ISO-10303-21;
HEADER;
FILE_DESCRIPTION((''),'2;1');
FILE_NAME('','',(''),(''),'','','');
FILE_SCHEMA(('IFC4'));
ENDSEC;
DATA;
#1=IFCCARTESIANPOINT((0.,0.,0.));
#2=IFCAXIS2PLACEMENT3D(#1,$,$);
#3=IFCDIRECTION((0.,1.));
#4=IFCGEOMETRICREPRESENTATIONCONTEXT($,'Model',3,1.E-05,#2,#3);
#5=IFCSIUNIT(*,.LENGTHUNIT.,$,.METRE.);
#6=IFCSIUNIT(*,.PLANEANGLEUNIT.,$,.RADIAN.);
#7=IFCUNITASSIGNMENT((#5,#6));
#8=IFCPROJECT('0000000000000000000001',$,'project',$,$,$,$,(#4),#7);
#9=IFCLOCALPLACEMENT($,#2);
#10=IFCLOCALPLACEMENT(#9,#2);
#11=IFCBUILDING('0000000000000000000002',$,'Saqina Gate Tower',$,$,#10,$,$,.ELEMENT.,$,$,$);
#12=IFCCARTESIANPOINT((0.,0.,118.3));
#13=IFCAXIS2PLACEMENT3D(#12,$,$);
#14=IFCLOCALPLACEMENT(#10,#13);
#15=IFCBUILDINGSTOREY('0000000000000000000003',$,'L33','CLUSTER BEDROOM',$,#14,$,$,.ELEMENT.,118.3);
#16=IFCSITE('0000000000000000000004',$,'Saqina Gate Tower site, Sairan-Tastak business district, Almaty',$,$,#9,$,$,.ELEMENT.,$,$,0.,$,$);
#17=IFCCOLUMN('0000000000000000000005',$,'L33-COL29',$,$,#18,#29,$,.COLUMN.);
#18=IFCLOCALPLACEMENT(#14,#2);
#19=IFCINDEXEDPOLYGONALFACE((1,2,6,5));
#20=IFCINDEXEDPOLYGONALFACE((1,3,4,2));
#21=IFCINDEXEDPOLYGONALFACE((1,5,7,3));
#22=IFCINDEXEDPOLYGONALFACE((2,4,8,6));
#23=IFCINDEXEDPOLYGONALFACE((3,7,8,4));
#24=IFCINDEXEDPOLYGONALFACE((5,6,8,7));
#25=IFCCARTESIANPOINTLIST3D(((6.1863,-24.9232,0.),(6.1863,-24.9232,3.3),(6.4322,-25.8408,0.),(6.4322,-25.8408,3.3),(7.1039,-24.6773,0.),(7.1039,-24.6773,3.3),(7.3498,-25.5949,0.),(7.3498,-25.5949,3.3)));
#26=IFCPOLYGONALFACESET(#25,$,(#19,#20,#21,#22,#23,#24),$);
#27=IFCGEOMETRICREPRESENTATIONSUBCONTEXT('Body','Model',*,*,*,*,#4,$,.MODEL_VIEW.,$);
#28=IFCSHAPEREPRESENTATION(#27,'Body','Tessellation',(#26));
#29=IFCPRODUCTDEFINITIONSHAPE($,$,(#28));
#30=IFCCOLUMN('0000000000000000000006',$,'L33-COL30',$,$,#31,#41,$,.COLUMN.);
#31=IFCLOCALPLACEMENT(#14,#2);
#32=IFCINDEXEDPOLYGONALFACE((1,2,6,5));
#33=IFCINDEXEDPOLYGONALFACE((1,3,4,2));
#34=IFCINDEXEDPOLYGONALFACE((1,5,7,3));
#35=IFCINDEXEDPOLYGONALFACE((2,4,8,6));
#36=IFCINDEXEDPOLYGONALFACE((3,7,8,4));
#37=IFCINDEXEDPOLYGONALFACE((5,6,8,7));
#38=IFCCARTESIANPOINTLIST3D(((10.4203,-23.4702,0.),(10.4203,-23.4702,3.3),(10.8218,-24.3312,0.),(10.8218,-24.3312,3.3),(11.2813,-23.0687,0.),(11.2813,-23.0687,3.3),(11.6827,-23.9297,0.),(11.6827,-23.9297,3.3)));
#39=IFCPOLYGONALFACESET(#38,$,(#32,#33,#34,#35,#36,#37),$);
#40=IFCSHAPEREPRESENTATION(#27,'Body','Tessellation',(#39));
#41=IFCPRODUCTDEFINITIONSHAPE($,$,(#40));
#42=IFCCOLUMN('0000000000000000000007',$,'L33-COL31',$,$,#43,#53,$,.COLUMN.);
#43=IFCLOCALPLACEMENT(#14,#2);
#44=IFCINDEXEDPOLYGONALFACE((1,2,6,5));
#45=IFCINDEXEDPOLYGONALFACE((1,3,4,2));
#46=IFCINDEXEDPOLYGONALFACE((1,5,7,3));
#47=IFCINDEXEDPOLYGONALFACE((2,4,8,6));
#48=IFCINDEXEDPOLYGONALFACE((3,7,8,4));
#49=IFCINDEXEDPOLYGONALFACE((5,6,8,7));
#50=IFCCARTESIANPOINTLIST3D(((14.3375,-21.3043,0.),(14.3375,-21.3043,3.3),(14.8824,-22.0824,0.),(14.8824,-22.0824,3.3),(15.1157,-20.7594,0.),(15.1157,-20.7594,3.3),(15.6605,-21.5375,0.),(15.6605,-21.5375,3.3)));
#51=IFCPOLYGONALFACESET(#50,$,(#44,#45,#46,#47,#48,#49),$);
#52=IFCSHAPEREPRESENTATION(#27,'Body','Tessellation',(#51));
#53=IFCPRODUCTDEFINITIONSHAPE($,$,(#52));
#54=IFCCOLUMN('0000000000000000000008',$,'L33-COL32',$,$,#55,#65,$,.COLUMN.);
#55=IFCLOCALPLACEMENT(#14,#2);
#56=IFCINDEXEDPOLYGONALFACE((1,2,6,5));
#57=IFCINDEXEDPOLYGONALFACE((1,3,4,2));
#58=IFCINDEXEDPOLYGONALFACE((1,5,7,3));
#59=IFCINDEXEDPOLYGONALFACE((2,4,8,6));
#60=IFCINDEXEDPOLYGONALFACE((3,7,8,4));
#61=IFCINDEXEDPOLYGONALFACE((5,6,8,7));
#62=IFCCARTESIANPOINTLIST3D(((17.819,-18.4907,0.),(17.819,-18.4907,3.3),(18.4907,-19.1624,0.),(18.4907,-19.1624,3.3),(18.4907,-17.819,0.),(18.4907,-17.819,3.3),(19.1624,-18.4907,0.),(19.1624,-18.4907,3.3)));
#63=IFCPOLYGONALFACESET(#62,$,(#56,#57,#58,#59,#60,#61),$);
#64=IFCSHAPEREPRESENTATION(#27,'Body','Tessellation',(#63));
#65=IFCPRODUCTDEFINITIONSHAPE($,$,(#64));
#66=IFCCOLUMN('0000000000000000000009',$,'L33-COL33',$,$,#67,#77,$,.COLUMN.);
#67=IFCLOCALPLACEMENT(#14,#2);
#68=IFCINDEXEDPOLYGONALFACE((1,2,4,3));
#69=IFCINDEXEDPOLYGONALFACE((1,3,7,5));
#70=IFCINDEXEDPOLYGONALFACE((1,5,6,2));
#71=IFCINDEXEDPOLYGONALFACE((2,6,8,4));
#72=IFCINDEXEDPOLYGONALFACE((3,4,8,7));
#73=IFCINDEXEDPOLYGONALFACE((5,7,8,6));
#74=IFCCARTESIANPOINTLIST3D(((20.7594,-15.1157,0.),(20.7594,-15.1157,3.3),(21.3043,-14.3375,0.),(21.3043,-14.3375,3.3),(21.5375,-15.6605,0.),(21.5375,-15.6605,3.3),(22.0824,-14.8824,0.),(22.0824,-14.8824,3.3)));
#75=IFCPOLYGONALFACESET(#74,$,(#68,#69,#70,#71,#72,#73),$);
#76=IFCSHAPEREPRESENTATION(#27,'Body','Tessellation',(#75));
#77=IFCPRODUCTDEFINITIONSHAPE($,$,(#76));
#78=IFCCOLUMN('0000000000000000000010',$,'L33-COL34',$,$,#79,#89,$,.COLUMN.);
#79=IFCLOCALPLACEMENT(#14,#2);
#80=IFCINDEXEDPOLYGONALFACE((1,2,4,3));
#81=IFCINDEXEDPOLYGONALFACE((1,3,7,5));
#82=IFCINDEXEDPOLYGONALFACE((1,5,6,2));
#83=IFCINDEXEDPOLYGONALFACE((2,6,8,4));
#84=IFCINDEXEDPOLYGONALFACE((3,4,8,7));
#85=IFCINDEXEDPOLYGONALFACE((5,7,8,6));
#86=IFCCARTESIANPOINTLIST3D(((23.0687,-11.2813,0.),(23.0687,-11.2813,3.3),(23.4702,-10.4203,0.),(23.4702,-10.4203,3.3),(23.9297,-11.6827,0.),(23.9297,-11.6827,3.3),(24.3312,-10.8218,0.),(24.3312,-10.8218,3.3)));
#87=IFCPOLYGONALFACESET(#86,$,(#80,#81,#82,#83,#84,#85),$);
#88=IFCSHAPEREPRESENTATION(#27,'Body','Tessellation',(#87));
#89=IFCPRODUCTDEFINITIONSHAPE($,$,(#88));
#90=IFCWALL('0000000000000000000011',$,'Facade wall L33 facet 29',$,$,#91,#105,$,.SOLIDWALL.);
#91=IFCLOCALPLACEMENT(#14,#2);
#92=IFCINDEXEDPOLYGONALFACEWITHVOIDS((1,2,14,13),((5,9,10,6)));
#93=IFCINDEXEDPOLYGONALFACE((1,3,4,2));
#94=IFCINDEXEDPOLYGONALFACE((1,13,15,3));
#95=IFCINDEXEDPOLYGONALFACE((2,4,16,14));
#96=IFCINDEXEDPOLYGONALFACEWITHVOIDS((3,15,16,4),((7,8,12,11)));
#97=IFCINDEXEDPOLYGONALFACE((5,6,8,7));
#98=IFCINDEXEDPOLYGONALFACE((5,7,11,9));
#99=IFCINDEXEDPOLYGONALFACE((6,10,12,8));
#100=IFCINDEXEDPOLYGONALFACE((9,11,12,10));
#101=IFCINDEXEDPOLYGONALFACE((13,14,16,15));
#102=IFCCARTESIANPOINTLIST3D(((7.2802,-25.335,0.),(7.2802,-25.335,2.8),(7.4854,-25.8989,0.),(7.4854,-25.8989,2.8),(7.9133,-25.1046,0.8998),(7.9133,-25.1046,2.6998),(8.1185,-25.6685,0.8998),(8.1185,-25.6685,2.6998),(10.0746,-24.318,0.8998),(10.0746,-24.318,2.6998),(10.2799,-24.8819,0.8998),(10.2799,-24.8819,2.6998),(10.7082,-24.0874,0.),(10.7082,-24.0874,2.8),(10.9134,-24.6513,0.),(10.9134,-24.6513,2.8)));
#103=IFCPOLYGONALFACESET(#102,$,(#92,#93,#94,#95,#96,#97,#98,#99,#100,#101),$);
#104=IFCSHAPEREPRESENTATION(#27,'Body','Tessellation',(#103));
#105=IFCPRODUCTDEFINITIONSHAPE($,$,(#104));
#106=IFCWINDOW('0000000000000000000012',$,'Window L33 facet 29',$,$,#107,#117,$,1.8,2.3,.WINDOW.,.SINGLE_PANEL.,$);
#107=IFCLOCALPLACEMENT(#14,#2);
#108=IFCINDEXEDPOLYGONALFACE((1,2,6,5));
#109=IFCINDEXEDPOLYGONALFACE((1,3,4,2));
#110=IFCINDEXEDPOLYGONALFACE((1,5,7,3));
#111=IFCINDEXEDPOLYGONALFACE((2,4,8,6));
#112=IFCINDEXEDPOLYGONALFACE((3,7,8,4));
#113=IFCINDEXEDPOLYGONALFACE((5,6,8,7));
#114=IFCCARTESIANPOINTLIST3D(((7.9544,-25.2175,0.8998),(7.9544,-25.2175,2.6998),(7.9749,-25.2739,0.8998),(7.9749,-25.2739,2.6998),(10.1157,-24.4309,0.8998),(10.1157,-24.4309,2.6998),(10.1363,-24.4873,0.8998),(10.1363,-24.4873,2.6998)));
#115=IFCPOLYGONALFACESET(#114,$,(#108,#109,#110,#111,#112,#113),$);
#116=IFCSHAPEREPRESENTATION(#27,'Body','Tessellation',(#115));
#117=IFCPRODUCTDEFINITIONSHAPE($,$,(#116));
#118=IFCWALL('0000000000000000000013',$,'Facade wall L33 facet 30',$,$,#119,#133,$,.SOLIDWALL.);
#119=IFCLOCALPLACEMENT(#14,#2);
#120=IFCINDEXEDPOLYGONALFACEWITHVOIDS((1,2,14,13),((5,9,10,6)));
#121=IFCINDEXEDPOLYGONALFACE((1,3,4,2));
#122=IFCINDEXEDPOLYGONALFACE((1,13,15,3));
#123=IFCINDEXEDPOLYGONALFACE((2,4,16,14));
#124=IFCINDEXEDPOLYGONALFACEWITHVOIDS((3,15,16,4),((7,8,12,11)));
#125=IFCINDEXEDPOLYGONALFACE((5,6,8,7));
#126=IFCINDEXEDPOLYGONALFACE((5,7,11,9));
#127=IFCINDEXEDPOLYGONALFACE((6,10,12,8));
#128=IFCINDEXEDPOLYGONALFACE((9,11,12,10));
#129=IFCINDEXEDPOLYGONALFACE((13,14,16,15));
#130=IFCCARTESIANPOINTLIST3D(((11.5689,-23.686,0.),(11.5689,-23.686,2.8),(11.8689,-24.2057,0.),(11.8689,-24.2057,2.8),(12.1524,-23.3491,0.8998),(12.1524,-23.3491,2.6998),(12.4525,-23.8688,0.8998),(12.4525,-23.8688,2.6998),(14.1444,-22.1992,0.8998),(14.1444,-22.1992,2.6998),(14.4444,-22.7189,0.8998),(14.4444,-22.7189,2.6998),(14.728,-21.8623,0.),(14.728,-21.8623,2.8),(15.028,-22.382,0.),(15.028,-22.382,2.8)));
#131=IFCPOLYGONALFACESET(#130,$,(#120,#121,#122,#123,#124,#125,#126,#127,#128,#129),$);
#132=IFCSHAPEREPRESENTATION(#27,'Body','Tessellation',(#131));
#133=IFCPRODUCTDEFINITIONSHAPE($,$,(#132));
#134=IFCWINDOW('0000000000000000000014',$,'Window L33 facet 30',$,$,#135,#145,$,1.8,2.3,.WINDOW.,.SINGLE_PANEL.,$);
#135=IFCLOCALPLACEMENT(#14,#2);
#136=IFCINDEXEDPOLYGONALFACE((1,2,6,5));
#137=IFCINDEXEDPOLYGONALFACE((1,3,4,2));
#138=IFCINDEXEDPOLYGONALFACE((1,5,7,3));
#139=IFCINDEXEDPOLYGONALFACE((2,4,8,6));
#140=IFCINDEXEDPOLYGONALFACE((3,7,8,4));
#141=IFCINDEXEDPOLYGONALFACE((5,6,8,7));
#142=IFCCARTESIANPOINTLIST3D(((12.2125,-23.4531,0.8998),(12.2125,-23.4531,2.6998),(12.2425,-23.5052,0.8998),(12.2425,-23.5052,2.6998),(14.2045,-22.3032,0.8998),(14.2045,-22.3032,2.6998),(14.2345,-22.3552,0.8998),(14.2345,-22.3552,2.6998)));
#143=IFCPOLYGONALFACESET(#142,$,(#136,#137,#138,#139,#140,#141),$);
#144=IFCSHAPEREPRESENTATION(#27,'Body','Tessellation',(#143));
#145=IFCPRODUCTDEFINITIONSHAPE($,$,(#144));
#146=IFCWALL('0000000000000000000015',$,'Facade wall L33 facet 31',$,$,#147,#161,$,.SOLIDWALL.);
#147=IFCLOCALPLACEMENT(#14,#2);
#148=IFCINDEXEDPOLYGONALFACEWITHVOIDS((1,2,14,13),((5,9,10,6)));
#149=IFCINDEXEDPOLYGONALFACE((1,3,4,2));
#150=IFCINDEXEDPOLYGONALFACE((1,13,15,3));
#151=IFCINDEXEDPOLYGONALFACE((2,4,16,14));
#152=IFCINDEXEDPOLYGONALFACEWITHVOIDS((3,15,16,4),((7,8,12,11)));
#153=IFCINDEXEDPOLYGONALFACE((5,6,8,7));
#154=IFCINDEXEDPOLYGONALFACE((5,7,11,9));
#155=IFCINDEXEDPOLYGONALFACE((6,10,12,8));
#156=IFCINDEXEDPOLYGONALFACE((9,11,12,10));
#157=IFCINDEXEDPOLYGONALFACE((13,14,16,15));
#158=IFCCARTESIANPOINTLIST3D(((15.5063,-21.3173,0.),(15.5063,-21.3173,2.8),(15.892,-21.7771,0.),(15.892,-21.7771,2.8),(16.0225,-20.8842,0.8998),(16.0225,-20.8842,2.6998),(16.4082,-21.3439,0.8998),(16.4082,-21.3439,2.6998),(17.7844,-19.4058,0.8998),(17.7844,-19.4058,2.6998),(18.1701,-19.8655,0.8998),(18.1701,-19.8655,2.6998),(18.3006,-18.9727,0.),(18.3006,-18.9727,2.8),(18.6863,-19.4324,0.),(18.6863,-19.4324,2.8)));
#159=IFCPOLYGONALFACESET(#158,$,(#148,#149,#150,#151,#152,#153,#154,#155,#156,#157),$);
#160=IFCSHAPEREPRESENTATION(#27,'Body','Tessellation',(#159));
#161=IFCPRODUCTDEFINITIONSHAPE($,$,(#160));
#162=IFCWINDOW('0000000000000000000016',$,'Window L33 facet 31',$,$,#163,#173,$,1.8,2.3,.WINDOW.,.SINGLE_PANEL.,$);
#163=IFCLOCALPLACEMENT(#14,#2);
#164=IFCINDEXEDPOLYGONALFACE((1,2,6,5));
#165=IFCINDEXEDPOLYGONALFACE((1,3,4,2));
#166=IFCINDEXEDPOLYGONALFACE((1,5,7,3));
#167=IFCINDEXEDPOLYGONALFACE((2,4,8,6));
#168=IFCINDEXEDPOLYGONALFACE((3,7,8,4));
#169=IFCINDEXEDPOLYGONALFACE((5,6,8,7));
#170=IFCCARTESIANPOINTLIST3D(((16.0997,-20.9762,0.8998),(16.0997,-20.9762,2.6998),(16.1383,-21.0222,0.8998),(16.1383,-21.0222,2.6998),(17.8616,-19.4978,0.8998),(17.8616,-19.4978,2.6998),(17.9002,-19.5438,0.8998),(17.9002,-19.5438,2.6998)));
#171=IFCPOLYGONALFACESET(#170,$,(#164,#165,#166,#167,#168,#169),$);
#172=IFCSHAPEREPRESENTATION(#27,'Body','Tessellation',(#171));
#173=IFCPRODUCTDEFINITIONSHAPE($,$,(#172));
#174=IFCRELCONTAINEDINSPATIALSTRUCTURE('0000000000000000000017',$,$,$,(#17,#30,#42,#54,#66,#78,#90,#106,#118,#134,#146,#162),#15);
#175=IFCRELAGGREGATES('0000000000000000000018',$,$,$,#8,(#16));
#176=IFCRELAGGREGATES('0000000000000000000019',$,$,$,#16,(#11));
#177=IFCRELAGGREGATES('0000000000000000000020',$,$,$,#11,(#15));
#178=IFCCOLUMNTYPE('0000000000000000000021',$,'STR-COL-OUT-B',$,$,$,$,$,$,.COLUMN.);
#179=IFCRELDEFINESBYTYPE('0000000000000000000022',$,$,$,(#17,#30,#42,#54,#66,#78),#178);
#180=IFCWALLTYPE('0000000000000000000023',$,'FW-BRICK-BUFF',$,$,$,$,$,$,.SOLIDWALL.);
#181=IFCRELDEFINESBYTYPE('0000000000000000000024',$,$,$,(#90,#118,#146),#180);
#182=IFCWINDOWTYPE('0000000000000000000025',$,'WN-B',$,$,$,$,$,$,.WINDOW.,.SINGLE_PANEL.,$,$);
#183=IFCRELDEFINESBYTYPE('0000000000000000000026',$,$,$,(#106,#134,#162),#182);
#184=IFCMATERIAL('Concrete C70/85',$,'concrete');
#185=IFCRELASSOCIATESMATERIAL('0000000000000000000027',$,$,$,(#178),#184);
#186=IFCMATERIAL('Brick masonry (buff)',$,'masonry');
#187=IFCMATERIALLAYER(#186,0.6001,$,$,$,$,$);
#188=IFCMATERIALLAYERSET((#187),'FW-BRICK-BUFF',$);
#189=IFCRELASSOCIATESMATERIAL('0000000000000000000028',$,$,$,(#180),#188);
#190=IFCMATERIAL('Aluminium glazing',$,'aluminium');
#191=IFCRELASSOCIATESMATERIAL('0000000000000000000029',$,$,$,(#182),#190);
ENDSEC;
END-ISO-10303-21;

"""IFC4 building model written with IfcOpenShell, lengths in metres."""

from ifc_helpers import new_model, si_unit, direction, frame, frame_2d, origin, origin_2d, place, context, subcontext, project, spatial, rectangle, extrude, material, layer, layer_set, material_profile, profile_set, type_object, element, fill, save


model = new_model("IFC4")

# Units and contexts
model_context = context("Model", 3, precision=1e-05, world=origin(), true_north=direction((0.0, 1.0)))
body_context = subcontext(model_context, "Body", "Model", "MODEL_VIEW")
ifc_project = project(units=[si_unit("LENGTHUNIT", "METRE"), si_unit("PLANEANGLEUNIT", "RADIAN")], contexts=[model_context])

# Site, building, storey
site_placement = place(None, origin())
site = spatial("IfcSite", under=ifc_project, at=site_placement, Name="Saqina Gate Tower site, Sairan-Tastak business district, Almaty", CompositionType="ELEMENT", RefElevation=0.0)
building_placement = place(site_placement, origin())
building = spatial("IfcBuilding", under=site, at=building_placement, Name="Saqina Gate Tower", CompositionType="ELEMENT")
storey_placement = place(building_placement, frame((0.0, 0.0, 118.3)))
storey = spatial("IfcBuildingStorey", under=building, at=storey_placement, Name="L33", Description="CLUSTER BEDROOM", CompositionType="ELEMENT", Elevation=118.3)

# Columns
ifc_material_1 = material(Name="Concrete C70/85", Category="concrete")
ifc_material_profile = material_profile(ifc_material_1, rectangle(XDim=0.95, YDim=0.95, at=origin_2d()), Name="RC 950x950")
ifc_profile_set = profile_set([ifc_material_profile], Name="Concrete C70/85")
column_type = type_object("IfcColumnType", Name="STR-COL-OUT-B", PredefinedType="COLUMN", material=ifc_profile_set)
for number, where, z_axis, x_axis, name in (
    (1, (6.7681, -25.259, 0.0), (0.0, 0.0, 1.0), (0.258819, -0.965926, 0.0), "L33-COL29"),
    (2, (11.0515, -23.7, 0.0), (0.0, 0.0, 1.0), (0.422618, -0.906308, 0.0), "L33-COL30"),
    (3, (14.999, -21.4209, 0.0), (0.0, 0.0, 1.0), (0.573576, -0.819152, 0.0), "L33-COL31"),
    (4, (18.4907, -18.4907, 0.0), (0.0, 0.0, 1.0), (0.707107, -0.707107, 0.0), "L33-COL32"),
    (5, (21.4209, -14.999, 0.0), (0.0, 0.0, 1.0), (0.819152, -0.573576, 0.0), "L33-COL33"),
    (6, (23.7, -11.0515, 0.0), (0.0, 0.0, 1.0), (0.906308, -0.422618, 0.0), "L33-COL34"),
):
    element("IfcColumn", number, at=place(storey_placement, frame(where, z_axis=z_axis, x_axis=x_axis)), inside=storey, type_object=column_type, Name=name, PredefinedType="COLUMN", context=body_context, shape_type="SweptSolid", body=[
        extrude(rectangle(XDim=0.95, YDim=0.95, at=origin_2d()), origin(), (0.0, 0.0, 1.0), 3.3),
    ])

# Walls, openings, windows
ifc_material_2 = material(Name="Brick masonry (buff)", Category="masonry")
ifc_layer_1 = layer(ifc_material_2, 0.6001)
ifc_layer_set_1 = layer_set([ifc_layer_1], Name="FW-BRICK-BUFF")
wall_type_1 = type_object("IfcWallType", Name="FW-BRICK-BUFF", PredefinedType="SOLIDWALL", material=ifc_layer_set_1)
wall_1_placement = place(storey_placement, frame((7.3828, -25.6169, 0.0), z_axis=(0.0, 0.0, 1.0), x_axis=(0.939704, 0.34199, 0.0)))
wall_1 = element("IfcWall", 7, at=wall_1_placement, inside=storey, type_object=wall_type_1, Name="Facade wall L33 facet 29", PredefinedType="SOLIDWALL", context=body_context, shape_type="SweptSolid", body=[
    extrude(rectangle(XDim=3.6479, YDim=0.6001, at=frame_2d((1.824, 0.0))), origin(), (0.0, 0.0, 1.0), 2.8),
])
opening_1_placement = place(wall_1_placement, frame((0.6738, 0.0, 0.8999)))
opening_1 = element("IfcOpeningElement", 8, at=opening_1_placement, cuts=wall_1, PredefinedType="OPENING", context=body_context, shape_type="SweptSolid", body=[
    extrude(rectangle(XDim=2.3, YDim=1.8, at=frame_2d((1.1499, 0.8999))), frame((0.0, 0.312, 0.0), z_axis=(0.0, -1.0, 0.0), x_axis=(1.0, 0.0, 0.0)), (0.0, 0.0, 1.0), 0.624),
])
ifc_material_3 = material(Name="Aluminium glazing", Category="aluminium")
window_type = type_object("IfcWindowType", Name="WN-B", PartitioningType="SINGLE_PANEL", PredefinedType="WINDOW", material=ifc_material_3)
window_1_placement = place(opening_1_placement, origin())
window_1 = element("IfcWindow", 9, at=window_1_placement, inside=storey, type_object=window_type, Name="Window L33 facet 29", OverallHeight=1.8, OverallWidth=2.3, PartitioningType="SINGLE_PANEL", PredefinedType="WINDOW", context=body_context, shape_type="SweptSolid", body=[
    extrude(rectangle(XDim=2.3, YDim=1.8, at=frame_2d((1.1499, 0.8999))), frame((0.0, 0.1799, 0.0), z_axis=(0.0, -1.0, 0.0), x_axis=(1.0, 0.0, 0.0)), (0.0, 0.0, 1.0), 0.0601),
])
fill(opening_1, window_1)
wall_2_placement = place(storey_placement, frame((11.719, -23.9458, 0.0), z_axis=(0.0, 0.0, 1.0), x_axis=(0.866052, 0.499954, 0.0)))
wall_2 = element("IfcWall", 10, at=wall_2_placement, inside=storey, type_object=wall_type_1, Name="Facade wall L33 facet 30", PredefinedType="SOLIDWALL", context=body_context, shape_type="SweptSolid", body=[
    extrude(rectangle(XDim=3.6477, YDim=0.6001, at=frame_2d((1.8237, 0.0))), origin(), (0.0, 0.0, 1.0), 2.8),
])
opening_2_placement = place(wall_2_placement, frame((0.6738, 0.0, 0.8999)))
opening_2 = element("IfcOpeningElement", 11, at=opening_2_placement, cuts=wall_2, PredefinedType="OPENING", context=body_context, shape_type="SweptSolid", body=[
    extrude(rectangle(XDim=2.3, YDim=1.8, at=frame_2d((1.1499, 0.8999))), frame((0.0, 0.312, 0.0), z_axis=(0.0, -1.0, 0.0), x_axis=(1.0, 0.0, 0.0)), (0.0, 0.0, 1.0), 0.624),
])
window_2_placement = place(opening_2_placement, origin())
window_2 = element("IfcWindow", 12, at=window_2_placement, inside=storey, type_object=window_type, Name="Window L33 facet 30", OverallHeight=1.8, OverallWidth=2.3, PartitioningType="SINGLE_PANEL", PredefinedType="WINDOW", context=body_context, shape_type="SweptSolid", body=[
    extrude(rectangle(XDim=2.3, YDim=1.8, at=frame_2d((1.1499, 0.8999))), frame((0.0, 0.1799, 0.0), z_axis=(0.0, -1.0, 0.0), x_axis=(1.0, 0.0, 0.0)), (0.0, 0.0, 1.0), 0.0601),
])
fill(opening_2, window_2)
wall_3_placement = place(storey_placement, frame((15.6992, -21.5471, 0.0), z_axis=(0.0, 0.0, 1.0), x_axis=(0.766055, 0.642774, 0.0)))
wall_3 = element("IfcWall", 13, at=wall_3_placement, inside=storey, type_object=wall_type_1, Name="Facade wall L33 facet 31", PredefinedType="SOLIDWALL", context=body_context, shape_type="SweptSolid", body=[
    extrude(rectangle(XDim=3.6477, YDim=0.6001, at=frame_2d((1.8237, 0.0))), origin(), (0.0, 0.0, 1.0), 2.8),
])
opening_3_placement = place(wall_3_placement, frame((0.6738, 0.0, 0.8999)))
opening_3 = element("IfcOpeningElement", 14, at=opening_3_placement, cuts=wall_3, PredefinedType="OPENING", context=body_context, shape_type="SweptSolid", body=[
    extrude(rectangle(XDim=2.3, YDim=1.8, at=frame_2d((1.1499, 0.8999))), frame((0.0, 0.312, 0.0), z_axis=(0.0, -1.0, 0.0), x_axis=(1.0, 0.0, 0.0)), (0.0, 0.0, 1.0), 0.624),
])
window_3_placement = place(opening_3_placement, origin())
window_3 = element("IfcWindow", 15, at=window_3_placement, inside=storey, type_object=window_type, Name="Window L33 facet 31", OverallHeight=1.8, OverallWidth=2.3, PartitioningType="SINGLE_PANEL", PredefinedType="WINDOW", context=body_context, shape_type="SweptSolid", body=[
    extrude(rectangle(XDim=2.3, YDim=1.8, at=frame_2d((1.1499, 0.8999))), frame((0.0, 0.1799, 0.0), z_axis=(0.0, -1.0, 0.0), x_axis=(1.0, 0.0, 0.0)), (0.0, 0.0, 1.0), 0.0601),
])
fill(opening_3, window_3)

save(model, "model.ifc")
